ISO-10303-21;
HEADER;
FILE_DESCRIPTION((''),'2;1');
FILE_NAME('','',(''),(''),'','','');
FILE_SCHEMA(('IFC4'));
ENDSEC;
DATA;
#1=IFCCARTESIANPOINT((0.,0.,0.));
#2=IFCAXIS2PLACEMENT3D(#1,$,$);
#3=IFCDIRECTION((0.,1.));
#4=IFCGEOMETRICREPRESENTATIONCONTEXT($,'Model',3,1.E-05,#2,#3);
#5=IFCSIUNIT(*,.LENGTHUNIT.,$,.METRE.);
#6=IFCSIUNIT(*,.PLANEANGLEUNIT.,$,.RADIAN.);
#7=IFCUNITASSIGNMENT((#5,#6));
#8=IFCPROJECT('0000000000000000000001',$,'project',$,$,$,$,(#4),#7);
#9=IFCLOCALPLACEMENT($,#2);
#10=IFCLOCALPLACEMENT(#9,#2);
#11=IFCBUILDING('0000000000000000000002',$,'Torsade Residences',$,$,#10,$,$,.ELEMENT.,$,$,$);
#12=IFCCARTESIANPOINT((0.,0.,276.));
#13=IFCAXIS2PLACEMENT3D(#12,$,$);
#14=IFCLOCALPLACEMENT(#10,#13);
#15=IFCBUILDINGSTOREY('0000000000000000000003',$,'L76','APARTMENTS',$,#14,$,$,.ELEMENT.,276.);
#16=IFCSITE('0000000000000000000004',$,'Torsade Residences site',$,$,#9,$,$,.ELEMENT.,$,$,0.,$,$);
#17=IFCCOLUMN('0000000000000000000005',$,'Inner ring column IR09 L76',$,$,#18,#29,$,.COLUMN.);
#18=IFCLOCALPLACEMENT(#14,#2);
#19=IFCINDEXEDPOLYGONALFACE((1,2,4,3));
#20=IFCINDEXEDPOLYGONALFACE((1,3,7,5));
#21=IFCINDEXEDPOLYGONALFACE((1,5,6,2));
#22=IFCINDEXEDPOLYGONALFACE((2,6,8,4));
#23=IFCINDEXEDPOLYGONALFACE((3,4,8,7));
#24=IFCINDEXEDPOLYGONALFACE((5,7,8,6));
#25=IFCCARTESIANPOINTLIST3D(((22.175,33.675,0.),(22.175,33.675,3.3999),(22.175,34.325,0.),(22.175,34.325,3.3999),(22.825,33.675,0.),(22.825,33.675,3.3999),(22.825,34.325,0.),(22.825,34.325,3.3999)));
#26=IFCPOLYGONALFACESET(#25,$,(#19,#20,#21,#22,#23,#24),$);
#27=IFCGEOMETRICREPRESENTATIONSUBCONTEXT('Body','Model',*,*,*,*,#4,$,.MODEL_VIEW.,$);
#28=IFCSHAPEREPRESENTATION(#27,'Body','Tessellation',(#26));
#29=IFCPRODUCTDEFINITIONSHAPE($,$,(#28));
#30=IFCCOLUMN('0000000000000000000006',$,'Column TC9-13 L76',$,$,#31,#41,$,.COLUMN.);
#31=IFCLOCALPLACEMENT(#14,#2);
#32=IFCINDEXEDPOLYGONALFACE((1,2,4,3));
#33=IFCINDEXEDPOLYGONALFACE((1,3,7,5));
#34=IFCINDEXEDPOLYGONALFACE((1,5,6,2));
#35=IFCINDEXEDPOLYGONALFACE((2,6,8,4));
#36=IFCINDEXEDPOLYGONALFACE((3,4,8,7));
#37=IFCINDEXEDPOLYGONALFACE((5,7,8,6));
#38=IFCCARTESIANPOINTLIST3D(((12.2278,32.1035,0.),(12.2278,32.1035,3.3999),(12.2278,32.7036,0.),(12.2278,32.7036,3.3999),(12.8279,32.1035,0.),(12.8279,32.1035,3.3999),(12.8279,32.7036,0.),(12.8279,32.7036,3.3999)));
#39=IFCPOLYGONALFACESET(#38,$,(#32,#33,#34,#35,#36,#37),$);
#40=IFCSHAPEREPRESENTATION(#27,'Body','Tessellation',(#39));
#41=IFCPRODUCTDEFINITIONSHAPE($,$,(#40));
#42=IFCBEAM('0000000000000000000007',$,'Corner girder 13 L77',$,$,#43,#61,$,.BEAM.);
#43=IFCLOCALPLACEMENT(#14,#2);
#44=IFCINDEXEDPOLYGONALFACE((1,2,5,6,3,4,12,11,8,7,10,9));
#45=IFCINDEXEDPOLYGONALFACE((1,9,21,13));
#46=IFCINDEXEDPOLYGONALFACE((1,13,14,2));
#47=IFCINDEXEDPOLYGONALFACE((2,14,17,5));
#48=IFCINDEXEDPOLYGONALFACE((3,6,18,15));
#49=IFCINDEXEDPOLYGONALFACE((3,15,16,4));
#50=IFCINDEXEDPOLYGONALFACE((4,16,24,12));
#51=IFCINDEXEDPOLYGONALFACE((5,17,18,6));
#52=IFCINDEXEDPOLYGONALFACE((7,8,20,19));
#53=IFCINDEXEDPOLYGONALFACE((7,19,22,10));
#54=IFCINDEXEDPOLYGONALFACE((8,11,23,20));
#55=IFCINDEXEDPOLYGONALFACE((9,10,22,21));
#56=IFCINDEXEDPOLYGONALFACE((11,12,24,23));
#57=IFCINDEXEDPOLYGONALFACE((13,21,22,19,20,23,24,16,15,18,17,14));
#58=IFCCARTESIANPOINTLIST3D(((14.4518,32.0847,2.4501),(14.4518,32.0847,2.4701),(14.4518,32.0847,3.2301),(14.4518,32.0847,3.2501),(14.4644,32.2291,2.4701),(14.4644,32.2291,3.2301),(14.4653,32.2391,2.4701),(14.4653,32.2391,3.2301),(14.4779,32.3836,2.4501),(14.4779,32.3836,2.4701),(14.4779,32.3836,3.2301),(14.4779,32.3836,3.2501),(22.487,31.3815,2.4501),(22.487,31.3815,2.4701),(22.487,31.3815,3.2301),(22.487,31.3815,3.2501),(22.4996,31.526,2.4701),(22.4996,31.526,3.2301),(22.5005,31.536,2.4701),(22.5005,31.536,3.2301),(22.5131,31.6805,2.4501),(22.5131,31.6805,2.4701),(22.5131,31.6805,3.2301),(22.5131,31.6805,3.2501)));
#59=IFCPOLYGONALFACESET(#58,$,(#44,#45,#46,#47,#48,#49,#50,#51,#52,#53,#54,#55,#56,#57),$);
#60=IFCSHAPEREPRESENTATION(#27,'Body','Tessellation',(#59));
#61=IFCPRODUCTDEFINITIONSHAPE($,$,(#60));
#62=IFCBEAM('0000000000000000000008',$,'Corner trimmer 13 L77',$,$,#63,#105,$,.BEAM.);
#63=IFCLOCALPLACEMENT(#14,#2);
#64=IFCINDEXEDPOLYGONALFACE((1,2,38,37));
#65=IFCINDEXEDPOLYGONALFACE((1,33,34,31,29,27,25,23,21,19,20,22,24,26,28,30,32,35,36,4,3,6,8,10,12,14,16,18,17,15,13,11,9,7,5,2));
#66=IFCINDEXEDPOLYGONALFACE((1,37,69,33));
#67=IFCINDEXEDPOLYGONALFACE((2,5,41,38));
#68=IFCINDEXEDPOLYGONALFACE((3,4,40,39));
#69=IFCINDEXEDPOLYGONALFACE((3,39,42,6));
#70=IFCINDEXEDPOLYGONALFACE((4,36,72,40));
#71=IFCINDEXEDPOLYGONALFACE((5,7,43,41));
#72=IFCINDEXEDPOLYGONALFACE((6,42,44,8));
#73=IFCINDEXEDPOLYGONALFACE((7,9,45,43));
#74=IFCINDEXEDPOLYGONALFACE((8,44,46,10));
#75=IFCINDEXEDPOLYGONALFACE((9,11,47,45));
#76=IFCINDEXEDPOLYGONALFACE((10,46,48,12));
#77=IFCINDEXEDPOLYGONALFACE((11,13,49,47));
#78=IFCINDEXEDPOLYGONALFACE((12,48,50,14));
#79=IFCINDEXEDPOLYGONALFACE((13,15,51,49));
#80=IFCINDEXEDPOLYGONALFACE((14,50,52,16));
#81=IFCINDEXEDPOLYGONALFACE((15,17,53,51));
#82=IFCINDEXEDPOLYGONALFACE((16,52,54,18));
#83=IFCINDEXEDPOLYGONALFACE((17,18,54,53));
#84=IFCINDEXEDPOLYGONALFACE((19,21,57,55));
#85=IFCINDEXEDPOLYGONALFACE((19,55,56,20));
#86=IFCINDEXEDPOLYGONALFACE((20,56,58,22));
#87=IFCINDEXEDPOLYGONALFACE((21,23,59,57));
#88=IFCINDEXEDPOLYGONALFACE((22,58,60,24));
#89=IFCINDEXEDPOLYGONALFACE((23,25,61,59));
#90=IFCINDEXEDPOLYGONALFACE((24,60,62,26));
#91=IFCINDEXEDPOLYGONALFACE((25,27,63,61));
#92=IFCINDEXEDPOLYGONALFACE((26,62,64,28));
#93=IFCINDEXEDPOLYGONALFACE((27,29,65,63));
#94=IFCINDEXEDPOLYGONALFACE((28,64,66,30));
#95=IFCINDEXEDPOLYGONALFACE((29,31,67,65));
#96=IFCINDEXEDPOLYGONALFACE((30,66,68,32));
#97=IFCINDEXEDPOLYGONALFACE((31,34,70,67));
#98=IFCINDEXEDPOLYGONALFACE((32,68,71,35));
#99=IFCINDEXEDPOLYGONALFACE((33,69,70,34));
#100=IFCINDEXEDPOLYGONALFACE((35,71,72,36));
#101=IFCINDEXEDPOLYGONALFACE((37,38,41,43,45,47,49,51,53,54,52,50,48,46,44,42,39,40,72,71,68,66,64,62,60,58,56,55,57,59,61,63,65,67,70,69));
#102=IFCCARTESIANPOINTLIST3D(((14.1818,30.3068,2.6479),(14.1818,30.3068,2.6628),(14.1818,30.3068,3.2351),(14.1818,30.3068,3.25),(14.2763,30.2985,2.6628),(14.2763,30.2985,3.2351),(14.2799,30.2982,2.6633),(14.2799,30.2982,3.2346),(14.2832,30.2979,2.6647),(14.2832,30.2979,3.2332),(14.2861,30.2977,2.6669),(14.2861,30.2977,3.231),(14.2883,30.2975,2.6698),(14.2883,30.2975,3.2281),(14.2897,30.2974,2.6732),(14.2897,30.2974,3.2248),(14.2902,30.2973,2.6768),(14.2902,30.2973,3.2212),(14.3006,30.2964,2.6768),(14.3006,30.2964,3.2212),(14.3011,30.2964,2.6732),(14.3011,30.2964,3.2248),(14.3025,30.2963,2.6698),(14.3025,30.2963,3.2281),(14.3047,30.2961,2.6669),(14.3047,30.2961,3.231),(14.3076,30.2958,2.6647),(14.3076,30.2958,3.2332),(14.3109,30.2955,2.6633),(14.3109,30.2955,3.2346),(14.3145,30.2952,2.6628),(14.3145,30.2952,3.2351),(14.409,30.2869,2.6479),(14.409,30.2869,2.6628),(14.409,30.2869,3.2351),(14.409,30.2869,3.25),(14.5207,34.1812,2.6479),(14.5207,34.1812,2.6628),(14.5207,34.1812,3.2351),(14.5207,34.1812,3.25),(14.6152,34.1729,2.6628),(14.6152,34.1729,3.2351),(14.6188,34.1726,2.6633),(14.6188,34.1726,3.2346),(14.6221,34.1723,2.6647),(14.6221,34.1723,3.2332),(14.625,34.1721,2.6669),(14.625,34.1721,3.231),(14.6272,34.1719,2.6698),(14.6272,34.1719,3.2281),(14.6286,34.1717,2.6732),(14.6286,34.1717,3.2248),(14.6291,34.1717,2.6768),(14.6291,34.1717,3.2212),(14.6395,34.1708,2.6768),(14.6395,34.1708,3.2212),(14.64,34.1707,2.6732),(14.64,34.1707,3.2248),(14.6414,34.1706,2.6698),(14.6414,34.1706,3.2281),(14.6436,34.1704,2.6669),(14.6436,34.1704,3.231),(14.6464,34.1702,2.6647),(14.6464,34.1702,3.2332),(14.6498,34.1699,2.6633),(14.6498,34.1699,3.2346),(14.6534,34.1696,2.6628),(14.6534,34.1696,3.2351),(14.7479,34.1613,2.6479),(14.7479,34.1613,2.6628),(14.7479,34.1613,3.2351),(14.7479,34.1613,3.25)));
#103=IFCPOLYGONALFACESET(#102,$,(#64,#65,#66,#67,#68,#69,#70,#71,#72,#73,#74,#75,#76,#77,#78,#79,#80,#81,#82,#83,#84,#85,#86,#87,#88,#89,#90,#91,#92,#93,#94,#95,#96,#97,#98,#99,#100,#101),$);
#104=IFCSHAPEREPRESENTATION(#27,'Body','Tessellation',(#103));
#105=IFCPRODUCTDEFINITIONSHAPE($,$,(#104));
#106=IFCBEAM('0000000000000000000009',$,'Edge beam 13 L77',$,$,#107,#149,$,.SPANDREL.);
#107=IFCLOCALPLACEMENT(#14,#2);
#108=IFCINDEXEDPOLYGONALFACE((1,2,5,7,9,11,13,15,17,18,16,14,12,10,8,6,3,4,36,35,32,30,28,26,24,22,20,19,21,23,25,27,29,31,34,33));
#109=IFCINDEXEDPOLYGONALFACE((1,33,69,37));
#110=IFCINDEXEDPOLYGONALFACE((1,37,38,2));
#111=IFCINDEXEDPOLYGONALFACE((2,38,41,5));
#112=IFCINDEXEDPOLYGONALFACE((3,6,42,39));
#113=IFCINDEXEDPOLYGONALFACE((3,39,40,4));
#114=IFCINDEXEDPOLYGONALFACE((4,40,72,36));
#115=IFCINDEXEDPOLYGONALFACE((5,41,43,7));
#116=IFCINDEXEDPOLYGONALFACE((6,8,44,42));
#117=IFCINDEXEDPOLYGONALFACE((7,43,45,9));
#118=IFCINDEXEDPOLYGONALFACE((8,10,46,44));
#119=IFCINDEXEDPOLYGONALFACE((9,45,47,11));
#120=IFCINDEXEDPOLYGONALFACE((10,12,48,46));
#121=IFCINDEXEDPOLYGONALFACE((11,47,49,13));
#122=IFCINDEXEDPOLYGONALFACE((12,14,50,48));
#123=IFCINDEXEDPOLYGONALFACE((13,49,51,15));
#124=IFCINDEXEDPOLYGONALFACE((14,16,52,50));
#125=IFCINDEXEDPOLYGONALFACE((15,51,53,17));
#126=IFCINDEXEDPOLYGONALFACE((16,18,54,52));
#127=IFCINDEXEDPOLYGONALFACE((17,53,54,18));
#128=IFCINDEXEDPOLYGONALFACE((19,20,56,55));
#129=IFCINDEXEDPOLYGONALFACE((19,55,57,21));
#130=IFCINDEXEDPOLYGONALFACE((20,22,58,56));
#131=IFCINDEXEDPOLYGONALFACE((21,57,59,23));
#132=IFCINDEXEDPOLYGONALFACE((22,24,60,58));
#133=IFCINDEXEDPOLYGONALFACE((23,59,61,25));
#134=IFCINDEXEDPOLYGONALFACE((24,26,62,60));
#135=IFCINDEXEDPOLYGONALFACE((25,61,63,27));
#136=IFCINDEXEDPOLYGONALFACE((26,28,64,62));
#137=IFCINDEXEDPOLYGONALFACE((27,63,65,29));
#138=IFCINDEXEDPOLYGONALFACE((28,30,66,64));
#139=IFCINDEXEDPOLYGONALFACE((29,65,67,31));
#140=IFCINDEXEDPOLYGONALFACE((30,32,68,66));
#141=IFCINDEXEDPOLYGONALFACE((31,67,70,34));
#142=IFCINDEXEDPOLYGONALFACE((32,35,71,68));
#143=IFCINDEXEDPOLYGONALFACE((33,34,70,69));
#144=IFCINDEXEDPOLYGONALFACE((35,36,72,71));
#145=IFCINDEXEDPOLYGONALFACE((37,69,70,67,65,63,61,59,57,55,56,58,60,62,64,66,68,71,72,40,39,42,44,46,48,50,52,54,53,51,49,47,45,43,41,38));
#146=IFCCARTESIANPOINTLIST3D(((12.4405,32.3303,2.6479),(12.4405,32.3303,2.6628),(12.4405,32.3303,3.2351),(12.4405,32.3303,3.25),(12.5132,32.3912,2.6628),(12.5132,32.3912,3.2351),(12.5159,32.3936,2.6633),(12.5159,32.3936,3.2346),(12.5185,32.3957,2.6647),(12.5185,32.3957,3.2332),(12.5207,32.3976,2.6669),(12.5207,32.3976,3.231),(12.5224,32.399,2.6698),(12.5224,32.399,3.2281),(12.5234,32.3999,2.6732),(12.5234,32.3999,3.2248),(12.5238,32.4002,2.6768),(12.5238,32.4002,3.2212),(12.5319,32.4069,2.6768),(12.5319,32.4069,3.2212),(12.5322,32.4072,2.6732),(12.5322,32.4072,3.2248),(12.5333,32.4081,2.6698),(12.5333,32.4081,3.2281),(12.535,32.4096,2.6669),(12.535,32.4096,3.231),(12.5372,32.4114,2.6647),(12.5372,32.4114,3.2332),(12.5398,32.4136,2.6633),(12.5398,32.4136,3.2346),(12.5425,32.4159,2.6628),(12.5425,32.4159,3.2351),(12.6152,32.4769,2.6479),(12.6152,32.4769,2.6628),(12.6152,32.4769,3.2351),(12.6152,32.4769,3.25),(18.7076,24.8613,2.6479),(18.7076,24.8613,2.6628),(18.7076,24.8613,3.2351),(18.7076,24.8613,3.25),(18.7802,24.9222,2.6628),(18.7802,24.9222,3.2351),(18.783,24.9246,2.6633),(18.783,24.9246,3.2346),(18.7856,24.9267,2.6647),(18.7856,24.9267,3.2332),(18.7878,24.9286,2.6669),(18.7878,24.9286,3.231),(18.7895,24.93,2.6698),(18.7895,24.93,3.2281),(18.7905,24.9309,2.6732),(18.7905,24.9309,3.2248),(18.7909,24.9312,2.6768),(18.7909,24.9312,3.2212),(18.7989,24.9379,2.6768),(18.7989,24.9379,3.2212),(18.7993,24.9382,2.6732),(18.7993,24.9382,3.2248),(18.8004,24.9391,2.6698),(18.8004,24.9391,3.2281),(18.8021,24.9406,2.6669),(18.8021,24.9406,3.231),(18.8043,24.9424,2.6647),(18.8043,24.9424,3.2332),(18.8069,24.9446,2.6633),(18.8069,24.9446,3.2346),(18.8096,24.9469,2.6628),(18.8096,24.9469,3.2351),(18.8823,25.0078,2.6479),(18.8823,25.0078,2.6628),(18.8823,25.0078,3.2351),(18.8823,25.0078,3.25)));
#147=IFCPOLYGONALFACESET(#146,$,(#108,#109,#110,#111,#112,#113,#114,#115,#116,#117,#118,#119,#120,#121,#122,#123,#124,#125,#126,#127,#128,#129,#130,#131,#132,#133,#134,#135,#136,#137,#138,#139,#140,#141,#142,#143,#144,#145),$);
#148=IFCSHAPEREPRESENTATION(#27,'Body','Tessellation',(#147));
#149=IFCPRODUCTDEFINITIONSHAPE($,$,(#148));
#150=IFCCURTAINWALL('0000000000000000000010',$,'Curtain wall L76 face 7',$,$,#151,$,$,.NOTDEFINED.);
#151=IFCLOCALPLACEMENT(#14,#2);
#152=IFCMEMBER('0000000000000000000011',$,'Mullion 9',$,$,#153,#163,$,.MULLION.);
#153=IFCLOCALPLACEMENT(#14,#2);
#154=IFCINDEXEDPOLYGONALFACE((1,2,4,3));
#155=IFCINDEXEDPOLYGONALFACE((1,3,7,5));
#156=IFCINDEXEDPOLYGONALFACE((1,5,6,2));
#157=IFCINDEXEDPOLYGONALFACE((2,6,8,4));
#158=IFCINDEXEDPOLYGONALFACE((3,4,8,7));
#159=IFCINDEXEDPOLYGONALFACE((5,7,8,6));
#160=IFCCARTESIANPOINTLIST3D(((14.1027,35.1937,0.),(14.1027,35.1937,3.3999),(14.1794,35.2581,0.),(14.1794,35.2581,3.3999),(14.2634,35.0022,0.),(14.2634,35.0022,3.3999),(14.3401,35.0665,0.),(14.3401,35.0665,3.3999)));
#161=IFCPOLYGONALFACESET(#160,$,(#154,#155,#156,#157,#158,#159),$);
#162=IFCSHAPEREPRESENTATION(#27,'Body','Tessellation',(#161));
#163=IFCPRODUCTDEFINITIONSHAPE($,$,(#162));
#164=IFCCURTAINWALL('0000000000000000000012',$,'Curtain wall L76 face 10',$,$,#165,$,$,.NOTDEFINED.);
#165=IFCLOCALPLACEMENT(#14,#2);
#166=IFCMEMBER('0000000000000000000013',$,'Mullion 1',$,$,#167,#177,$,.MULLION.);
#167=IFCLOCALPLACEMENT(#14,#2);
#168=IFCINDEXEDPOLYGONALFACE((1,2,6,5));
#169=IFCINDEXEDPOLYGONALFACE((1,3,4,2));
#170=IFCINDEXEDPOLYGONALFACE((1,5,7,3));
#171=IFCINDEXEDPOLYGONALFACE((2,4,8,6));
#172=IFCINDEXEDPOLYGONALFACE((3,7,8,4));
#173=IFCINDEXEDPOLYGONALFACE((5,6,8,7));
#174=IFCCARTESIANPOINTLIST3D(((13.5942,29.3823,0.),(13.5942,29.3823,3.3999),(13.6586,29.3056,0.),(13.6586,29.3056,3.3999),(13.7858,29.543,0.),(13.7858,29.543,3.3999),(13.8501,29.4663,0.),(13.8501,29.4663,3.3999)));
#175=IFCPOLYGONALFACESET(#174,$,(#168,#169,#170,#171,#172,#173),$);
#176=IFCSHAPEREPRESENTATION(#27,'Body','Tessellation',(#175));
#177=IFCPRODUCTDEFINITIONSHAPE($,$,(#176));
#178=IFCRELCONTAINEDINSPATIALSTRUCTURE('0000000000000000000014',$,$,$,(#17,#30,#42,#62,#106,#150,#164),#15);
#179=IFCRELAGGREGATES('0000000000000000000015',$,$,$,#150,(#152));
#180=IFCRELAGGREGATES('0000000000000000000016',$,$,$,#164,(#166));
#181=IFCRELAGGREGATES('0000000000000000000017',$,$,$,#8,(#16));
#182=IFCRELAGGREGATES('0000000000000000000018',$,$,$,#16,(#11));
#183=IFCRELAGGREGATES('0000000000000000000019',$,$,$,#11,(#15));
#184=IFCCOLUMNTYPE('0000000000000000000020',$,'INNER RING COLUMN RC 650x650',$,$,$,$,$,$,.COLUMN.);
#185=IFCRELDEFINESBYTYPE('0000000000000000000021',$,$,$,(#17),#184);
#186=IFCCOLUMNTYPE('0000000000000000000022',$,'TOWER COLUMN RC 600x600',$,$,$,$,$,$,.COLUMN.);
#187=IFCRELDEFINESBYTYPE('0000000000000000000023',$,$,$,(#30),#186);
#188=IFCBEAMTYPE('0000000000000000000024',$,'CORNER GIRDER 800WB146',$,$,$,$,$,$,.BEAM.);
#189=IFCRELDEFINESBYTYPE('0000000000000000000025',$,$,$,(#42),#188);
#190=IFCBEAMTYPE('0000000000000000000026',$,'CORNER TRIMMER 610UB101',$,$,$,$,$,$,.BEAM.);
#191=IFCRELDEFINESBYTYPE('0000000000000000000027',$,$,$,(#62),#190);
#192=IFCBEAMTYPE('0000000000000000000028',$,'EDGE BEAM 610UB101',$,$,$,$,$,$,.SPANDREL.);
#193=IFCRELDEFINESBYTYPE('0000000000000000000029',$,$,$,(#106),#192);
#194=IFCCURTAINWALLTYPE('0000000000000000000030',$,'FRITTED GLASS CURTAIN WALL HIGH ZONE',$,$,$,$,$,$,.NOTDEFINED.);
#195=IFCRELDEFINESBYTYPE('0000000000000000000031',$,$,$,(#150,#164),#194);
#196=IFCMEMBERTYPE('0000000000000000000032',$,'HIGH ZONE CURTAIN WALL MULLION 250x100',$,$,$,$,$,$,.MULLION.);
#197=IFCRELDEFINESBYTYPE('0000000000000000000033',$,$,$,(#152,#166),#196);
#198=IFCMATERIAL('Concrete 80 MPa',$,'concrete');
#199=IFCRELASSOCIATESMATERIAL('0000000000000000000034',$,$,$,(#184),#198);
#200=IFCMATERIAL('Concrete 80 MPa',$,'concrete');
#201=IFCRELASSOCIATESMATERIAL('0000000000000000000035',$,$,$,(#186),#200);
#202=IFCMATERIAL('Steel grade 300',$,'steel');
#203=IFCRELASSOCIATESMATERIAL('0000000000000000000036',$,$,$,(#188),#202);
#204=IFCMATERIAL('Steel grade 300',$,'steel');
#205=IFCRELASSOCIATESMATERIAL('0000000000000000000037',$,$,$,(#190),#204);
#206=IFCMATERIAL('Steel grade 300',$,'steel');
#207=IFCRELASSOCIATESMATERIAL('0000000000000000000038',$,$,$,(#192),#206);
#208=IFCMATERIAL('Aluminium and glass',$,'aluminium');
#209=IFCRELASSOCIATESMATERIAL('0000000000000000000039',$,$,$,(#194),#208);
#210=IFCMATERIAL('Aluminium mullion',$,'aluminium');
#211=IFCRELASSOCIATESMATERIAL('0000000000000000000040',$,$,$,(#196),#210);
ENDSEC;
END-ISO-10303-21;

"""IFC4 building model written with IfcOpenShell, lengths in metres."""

from ifc_helpers import new_model, si_unit, direction, frame, origin, origin_2d, place, context, subcontext, project, spatial, rectangle, i_section, extrude, material, material_profile, profile_set, type_object, element, aggregate, save


model = new_model("IFC4")

# Units and contexts
model_context = context("Model", 3, precision=1e-05, world=origin(), true_north=direction((0.0, 1.0)))
body_context = subcontext(model_context, "Body", "Model", "MODEL_VIEW")
ifc_project = project(units=[si_unit("LENGTHUNIT", "METRE"), si_unit("PLANEANGLEUNIT", "RADIAN")], contexts=[model_context])

# Site, building, storey
site_placement = place(None, origin())
site = spatial("IfcSite", under=ifc_project, at=site_placement, Name="Torsade Residences site", CompositionType="ELEMENT", RefElevation=0.0)
building_placement = place(site_placement, origin())
building = spatial("IfcBuilding", under=site, at=building_placement, Name="Torsade Residences", CompositionType="ELEMENT")
storey_placement = place(building_placement, frame((0.0, 0.0, 276.0)))
storey = spatial("IfcBuildingStorey", under=building, at=storey_placement, Name="L76", Description="APARTMENTS", CompositionType="ELEMENT", Elevation=276.0)

# Columns
ifc_material_1 = material(Name="Concrete 80 MPa", Category="concrete")
ifc_material_profile_1 = material_profile(ifc_material_1, rectangle(XDim=0.6499, YDim=0.6499, at=origin_2d()), Name="RC 650x650")
ifc_profile_set_1 = profile_set([ifc_material_profile_1], Name="Concrete 80 MPa")
column_type_1 = type_object("IfcColumnType", Name="INNER RING COLUMN RC 650x650", PredefinedType="COLUMN", material=ifc_profile_set_1)
column_1_placement = place(storey_placement, frame((22.5, 34.0, 0.0), z_axis=(0.0, 0.0, 1.0), x_axis=(1.0, 0.0, 0.0)))
element("IfcColumn", 1, at=column_1_placement, inside=storey, type_object=column_type_1, Name="Inner ring column IR09 L76", PredefinedType="COLUMN", context=body_context, shape_type="SweptSolid", body=[
    extrude(rectangle(XDim=0.6499, YDim=0.6499, at=origin_2d()), origin(), (0.0, 0.0, 1.0), 3.3999),
])
ifc_material_2 = material(Name="Concrete 80 MPa", Category="concrete")
ifc_material_profile_2 = material_profile(ifc_material_2, rectangle(XDim=0.6001, YDim=0.6001, at=origin_2d()), Name="RC 600x600")
ifc_profile_set_2 = profile_set([ifc_material_profile_2], Name="Concrete 80 MPa")
column_type_2 = type_object("IfcColumnType", Name="TOWER COLUMN RC 600x600", PredefinedType="COLUMN", material=ifc_profile_set_2)
column_2_placement = place(storey_placement, frame((12.5278, 32.4036, 0.0), z_axis=(0.0, 0.0, 1.0), x_axis=(1.0, 0.0, 0.0)))
element("IfcColumn", 2, at=column_2_placement, inside=storey, type_object=column_type_2, Name="Column TC9-13 L76", PredefinedType="COLUMN", context=body_context, shape_type="SweptSolid", body=[
    extrude(rectangle(XDim=0.6001, YDim=0.6001, at=origin_2d()), origin(), (0.0, 0.0, 1.0), 3.3999),
])

# Beams
ifc_material_3 = material(Name="Steel grade 300", Category="steel")
ifc_material_profile_3 = material_profile(ifc_material_3, i_section(OverallWidth=0.3, OverallDepth=0.8, WebThickness=0.01, FlangeThickness=0.02, at=origin_2d()), Name="800WB146")
ifc_profile_set_3 = profile_set([ifc_material_profile_3], Name="Steel grade 300")
beam_type_1 = type_object("IfcBeamType", Name="CORNER GIRDER 800WB146", PredefinedType="BEAM", material=ifc_profile_set_3)
beam_1_placement = place(storey_placement, frame((14.4648, 32.2341, 2.8501), z_axis=(0.996193, -0.087173, 0.0), x_axis=(0.087173, 0.996193, 0.0)))
element("IfcBeam", 3, at=beam_1_placement, inside=storey, type_object=beam_type_1, Name="Corner girder 13 L77", PredefinedType="BEAM", context=body_context, shape_type="SweptSolid", body=[
    extrude(i_section(OverallWidth=0.3, OverallDepth=0.8, WebThickness=0.01, FlangeThickness=0.02, at=origin_2d()), origin(), (0.0, 0.0, 1.0), 8.0659),
])
ifc_material_4 = material(Name="Steel grade 300", Category="steel")
ifc_material_profile_4 = material_profile(ifc_material_4, i_section(OverallWidth=0.228, OverallDepth=0.6021, WebThickness=0.0105, FlangeThickness=0.0149, FilletRadius=0.0139, at=origin_2d()), Name="610UB101")
ifc_profile_set_4 = profile_set([ifc_material_profile_4], Name="Steel grade 300")
beam_type_2 = type_object("IfcBeamType", Name="CORNER TRIMMER 610UB101", PredefinedType="BEAM", material=ifc_profile_set_4)
beam_2_placement = place(storey_placement, frame((14.2954, 30.2969, 2.949), z_axis=(0.087133, 0.996197, 0.0), x_axis=(-0.996197, 0.087133, 0.0)))
element("IfcBeam", 4, at=beam_2_placement, inside=storey, type_object=beam_type_2, Name="Corner trimmer 13 L77", PredefinedType="BEAM", context=body_context, shape_type="SweptSolid", body=[
    extrude(i_section(OverallWidth=0.228, OverallDepth=0.6021, WebThickness=0.0105, FlangeThickness=0.0149, FilletRadius=0.0139, at=origin_2d()), origin(), (0.0, 0.0, 1.0), 3.8892),
])
ifc_material_5 = material(Name="Steel grade 300", Category="steel")
ifc_material_profile_5 = material_profile(ifc_material_5, i_section(OverallWidth=0.228, OverallDepth=0.6021, WebThickness=0.0105, FlangeThickness=0.0149, FilletRadius=0.0139, at=origin_2d()), Name="610UB101")
ifc_profile_set_5 = profile_set([ifc_material_profile_5], Name="Steel grade 300")
beam_type_3 = type_object("IfcBeamType", Name="EDGE BEAM 610UB101", PredefinedType="SPANDREL", material=ifc_profile_set_5)
beam_3_placement = place(storey_placement, frame((12.5278, 32.4036, 2.949), z_axis=(0.642779, -0.766052, 0.0), x_axis=(0.766052, 0.642779, 0.0)))
element("IfcBeam", 5, at=beam_3_placement, inside=storey, type_object=beam_type_3, Name="Edge beam 13 L77", PredefinedType="SPANDREL", context=body_context, shape_type="SweptSolid", body=[
    extrude(i_section(OverallWidth=0.228, OverallDepth=0.6021, WebThickness=0.0105, FlangeThickness=0.0149, FilletRadius=0.0139, at=origin_2d()), origin(), (0.0, 0.0, 1.0), 9.75),
])

# Curtain wall, member
ifc_material_6 = material(Name="Aluminium and glass", Category="aluminium")
curtain_wall_type = type_object("IfcCurtainWallType", Name="FRITTED GLASS CURTAIN WALL HIGH ZONE", PredefinedType="NOTDEFINED", material=ifc_material_6)
curtain_wall_1_placement = place(storey_placement, origin())
curtain_wall_1 = element("IfcCurtainWall", 6, at=curtain_wall_1_placement, inside=storey, type_object=curtain_wall_type, Name="Curtain wall L76 face 7", PredefinedType="NOTDEFINED")
ifc_material_7 = material(Name="Aluminium mullion", Category="aluminium")
ifc_material_profile_6 = material_profile(ifc_material_7, rectangle(XDim=0.25, YDim=0.1001, at=origin_2d()), Name="HIGH ZONE CURTAIN WALL MULLION 250x100")
ifc_profile_set_6 = profile_set([ifc_material_profile_6], Name="Aluminium mullion")
member_type_1 = type_object("IfcMemberType", Name="HIGH ZONE CURTAIN WALL MULLION 250x100", PredefinedType="MULLION", material=ifc_profile_set_6)
member_1_placement = place(storey_placement, frame((14.2214, 35.1301, 0.0), z_axis=(0.0, 0.0, 1.0), x_axis=(0.642788, -0.766044, 0.0)))
member_1 = element("IfcMember", 7, at=member_1_placement, type_object=member_type_1, Name="Mullion 9", PredefinedType="MULLION", context=body_context, shape_type="SweptSolid", body=[
    extrude(rectangle(XDim=0.25, YDim=0.1001, at=origin_2d()), origin(), (0.0, 0.0, 1.0), 3.3999),
])
aggregate(curtain_wall_1, [member_1])

# Curtain wall, member
curtain_wall_2_placement = place(storey_placement, origin())
curtain_wall_2 = element("IfcCurtainWall", 8, at=curtain_wall_2_placement, inside=storey, type_object=curtain_wall_type, Name="Curtain wall L76 face 10", PredefinedType="NOTDEFINED")
member_2_placement = place(storey_placement, frame((13.7222, 29.4243, 0.0), z_axis=(0.0, 0.0, 1.0), x_axis=(0.766044, 0.642788, 0.0)))
member_2 = element("IfcMember", 9, at=member_2_placement, type_object=member_type_1, Name="Mullion 1", PredefinedType="MULLION", context=body_context, shape_type="SweptSolid", body=[
    extrude(rectangle(XDim=0.25, YDim=0.1001, at=origin_2d()), origin(), (0.0, 0.0, 1.0), 3.3999),
])
aggregate(curtain_wall_2, [member_2])

save(model, "model.ifc")
